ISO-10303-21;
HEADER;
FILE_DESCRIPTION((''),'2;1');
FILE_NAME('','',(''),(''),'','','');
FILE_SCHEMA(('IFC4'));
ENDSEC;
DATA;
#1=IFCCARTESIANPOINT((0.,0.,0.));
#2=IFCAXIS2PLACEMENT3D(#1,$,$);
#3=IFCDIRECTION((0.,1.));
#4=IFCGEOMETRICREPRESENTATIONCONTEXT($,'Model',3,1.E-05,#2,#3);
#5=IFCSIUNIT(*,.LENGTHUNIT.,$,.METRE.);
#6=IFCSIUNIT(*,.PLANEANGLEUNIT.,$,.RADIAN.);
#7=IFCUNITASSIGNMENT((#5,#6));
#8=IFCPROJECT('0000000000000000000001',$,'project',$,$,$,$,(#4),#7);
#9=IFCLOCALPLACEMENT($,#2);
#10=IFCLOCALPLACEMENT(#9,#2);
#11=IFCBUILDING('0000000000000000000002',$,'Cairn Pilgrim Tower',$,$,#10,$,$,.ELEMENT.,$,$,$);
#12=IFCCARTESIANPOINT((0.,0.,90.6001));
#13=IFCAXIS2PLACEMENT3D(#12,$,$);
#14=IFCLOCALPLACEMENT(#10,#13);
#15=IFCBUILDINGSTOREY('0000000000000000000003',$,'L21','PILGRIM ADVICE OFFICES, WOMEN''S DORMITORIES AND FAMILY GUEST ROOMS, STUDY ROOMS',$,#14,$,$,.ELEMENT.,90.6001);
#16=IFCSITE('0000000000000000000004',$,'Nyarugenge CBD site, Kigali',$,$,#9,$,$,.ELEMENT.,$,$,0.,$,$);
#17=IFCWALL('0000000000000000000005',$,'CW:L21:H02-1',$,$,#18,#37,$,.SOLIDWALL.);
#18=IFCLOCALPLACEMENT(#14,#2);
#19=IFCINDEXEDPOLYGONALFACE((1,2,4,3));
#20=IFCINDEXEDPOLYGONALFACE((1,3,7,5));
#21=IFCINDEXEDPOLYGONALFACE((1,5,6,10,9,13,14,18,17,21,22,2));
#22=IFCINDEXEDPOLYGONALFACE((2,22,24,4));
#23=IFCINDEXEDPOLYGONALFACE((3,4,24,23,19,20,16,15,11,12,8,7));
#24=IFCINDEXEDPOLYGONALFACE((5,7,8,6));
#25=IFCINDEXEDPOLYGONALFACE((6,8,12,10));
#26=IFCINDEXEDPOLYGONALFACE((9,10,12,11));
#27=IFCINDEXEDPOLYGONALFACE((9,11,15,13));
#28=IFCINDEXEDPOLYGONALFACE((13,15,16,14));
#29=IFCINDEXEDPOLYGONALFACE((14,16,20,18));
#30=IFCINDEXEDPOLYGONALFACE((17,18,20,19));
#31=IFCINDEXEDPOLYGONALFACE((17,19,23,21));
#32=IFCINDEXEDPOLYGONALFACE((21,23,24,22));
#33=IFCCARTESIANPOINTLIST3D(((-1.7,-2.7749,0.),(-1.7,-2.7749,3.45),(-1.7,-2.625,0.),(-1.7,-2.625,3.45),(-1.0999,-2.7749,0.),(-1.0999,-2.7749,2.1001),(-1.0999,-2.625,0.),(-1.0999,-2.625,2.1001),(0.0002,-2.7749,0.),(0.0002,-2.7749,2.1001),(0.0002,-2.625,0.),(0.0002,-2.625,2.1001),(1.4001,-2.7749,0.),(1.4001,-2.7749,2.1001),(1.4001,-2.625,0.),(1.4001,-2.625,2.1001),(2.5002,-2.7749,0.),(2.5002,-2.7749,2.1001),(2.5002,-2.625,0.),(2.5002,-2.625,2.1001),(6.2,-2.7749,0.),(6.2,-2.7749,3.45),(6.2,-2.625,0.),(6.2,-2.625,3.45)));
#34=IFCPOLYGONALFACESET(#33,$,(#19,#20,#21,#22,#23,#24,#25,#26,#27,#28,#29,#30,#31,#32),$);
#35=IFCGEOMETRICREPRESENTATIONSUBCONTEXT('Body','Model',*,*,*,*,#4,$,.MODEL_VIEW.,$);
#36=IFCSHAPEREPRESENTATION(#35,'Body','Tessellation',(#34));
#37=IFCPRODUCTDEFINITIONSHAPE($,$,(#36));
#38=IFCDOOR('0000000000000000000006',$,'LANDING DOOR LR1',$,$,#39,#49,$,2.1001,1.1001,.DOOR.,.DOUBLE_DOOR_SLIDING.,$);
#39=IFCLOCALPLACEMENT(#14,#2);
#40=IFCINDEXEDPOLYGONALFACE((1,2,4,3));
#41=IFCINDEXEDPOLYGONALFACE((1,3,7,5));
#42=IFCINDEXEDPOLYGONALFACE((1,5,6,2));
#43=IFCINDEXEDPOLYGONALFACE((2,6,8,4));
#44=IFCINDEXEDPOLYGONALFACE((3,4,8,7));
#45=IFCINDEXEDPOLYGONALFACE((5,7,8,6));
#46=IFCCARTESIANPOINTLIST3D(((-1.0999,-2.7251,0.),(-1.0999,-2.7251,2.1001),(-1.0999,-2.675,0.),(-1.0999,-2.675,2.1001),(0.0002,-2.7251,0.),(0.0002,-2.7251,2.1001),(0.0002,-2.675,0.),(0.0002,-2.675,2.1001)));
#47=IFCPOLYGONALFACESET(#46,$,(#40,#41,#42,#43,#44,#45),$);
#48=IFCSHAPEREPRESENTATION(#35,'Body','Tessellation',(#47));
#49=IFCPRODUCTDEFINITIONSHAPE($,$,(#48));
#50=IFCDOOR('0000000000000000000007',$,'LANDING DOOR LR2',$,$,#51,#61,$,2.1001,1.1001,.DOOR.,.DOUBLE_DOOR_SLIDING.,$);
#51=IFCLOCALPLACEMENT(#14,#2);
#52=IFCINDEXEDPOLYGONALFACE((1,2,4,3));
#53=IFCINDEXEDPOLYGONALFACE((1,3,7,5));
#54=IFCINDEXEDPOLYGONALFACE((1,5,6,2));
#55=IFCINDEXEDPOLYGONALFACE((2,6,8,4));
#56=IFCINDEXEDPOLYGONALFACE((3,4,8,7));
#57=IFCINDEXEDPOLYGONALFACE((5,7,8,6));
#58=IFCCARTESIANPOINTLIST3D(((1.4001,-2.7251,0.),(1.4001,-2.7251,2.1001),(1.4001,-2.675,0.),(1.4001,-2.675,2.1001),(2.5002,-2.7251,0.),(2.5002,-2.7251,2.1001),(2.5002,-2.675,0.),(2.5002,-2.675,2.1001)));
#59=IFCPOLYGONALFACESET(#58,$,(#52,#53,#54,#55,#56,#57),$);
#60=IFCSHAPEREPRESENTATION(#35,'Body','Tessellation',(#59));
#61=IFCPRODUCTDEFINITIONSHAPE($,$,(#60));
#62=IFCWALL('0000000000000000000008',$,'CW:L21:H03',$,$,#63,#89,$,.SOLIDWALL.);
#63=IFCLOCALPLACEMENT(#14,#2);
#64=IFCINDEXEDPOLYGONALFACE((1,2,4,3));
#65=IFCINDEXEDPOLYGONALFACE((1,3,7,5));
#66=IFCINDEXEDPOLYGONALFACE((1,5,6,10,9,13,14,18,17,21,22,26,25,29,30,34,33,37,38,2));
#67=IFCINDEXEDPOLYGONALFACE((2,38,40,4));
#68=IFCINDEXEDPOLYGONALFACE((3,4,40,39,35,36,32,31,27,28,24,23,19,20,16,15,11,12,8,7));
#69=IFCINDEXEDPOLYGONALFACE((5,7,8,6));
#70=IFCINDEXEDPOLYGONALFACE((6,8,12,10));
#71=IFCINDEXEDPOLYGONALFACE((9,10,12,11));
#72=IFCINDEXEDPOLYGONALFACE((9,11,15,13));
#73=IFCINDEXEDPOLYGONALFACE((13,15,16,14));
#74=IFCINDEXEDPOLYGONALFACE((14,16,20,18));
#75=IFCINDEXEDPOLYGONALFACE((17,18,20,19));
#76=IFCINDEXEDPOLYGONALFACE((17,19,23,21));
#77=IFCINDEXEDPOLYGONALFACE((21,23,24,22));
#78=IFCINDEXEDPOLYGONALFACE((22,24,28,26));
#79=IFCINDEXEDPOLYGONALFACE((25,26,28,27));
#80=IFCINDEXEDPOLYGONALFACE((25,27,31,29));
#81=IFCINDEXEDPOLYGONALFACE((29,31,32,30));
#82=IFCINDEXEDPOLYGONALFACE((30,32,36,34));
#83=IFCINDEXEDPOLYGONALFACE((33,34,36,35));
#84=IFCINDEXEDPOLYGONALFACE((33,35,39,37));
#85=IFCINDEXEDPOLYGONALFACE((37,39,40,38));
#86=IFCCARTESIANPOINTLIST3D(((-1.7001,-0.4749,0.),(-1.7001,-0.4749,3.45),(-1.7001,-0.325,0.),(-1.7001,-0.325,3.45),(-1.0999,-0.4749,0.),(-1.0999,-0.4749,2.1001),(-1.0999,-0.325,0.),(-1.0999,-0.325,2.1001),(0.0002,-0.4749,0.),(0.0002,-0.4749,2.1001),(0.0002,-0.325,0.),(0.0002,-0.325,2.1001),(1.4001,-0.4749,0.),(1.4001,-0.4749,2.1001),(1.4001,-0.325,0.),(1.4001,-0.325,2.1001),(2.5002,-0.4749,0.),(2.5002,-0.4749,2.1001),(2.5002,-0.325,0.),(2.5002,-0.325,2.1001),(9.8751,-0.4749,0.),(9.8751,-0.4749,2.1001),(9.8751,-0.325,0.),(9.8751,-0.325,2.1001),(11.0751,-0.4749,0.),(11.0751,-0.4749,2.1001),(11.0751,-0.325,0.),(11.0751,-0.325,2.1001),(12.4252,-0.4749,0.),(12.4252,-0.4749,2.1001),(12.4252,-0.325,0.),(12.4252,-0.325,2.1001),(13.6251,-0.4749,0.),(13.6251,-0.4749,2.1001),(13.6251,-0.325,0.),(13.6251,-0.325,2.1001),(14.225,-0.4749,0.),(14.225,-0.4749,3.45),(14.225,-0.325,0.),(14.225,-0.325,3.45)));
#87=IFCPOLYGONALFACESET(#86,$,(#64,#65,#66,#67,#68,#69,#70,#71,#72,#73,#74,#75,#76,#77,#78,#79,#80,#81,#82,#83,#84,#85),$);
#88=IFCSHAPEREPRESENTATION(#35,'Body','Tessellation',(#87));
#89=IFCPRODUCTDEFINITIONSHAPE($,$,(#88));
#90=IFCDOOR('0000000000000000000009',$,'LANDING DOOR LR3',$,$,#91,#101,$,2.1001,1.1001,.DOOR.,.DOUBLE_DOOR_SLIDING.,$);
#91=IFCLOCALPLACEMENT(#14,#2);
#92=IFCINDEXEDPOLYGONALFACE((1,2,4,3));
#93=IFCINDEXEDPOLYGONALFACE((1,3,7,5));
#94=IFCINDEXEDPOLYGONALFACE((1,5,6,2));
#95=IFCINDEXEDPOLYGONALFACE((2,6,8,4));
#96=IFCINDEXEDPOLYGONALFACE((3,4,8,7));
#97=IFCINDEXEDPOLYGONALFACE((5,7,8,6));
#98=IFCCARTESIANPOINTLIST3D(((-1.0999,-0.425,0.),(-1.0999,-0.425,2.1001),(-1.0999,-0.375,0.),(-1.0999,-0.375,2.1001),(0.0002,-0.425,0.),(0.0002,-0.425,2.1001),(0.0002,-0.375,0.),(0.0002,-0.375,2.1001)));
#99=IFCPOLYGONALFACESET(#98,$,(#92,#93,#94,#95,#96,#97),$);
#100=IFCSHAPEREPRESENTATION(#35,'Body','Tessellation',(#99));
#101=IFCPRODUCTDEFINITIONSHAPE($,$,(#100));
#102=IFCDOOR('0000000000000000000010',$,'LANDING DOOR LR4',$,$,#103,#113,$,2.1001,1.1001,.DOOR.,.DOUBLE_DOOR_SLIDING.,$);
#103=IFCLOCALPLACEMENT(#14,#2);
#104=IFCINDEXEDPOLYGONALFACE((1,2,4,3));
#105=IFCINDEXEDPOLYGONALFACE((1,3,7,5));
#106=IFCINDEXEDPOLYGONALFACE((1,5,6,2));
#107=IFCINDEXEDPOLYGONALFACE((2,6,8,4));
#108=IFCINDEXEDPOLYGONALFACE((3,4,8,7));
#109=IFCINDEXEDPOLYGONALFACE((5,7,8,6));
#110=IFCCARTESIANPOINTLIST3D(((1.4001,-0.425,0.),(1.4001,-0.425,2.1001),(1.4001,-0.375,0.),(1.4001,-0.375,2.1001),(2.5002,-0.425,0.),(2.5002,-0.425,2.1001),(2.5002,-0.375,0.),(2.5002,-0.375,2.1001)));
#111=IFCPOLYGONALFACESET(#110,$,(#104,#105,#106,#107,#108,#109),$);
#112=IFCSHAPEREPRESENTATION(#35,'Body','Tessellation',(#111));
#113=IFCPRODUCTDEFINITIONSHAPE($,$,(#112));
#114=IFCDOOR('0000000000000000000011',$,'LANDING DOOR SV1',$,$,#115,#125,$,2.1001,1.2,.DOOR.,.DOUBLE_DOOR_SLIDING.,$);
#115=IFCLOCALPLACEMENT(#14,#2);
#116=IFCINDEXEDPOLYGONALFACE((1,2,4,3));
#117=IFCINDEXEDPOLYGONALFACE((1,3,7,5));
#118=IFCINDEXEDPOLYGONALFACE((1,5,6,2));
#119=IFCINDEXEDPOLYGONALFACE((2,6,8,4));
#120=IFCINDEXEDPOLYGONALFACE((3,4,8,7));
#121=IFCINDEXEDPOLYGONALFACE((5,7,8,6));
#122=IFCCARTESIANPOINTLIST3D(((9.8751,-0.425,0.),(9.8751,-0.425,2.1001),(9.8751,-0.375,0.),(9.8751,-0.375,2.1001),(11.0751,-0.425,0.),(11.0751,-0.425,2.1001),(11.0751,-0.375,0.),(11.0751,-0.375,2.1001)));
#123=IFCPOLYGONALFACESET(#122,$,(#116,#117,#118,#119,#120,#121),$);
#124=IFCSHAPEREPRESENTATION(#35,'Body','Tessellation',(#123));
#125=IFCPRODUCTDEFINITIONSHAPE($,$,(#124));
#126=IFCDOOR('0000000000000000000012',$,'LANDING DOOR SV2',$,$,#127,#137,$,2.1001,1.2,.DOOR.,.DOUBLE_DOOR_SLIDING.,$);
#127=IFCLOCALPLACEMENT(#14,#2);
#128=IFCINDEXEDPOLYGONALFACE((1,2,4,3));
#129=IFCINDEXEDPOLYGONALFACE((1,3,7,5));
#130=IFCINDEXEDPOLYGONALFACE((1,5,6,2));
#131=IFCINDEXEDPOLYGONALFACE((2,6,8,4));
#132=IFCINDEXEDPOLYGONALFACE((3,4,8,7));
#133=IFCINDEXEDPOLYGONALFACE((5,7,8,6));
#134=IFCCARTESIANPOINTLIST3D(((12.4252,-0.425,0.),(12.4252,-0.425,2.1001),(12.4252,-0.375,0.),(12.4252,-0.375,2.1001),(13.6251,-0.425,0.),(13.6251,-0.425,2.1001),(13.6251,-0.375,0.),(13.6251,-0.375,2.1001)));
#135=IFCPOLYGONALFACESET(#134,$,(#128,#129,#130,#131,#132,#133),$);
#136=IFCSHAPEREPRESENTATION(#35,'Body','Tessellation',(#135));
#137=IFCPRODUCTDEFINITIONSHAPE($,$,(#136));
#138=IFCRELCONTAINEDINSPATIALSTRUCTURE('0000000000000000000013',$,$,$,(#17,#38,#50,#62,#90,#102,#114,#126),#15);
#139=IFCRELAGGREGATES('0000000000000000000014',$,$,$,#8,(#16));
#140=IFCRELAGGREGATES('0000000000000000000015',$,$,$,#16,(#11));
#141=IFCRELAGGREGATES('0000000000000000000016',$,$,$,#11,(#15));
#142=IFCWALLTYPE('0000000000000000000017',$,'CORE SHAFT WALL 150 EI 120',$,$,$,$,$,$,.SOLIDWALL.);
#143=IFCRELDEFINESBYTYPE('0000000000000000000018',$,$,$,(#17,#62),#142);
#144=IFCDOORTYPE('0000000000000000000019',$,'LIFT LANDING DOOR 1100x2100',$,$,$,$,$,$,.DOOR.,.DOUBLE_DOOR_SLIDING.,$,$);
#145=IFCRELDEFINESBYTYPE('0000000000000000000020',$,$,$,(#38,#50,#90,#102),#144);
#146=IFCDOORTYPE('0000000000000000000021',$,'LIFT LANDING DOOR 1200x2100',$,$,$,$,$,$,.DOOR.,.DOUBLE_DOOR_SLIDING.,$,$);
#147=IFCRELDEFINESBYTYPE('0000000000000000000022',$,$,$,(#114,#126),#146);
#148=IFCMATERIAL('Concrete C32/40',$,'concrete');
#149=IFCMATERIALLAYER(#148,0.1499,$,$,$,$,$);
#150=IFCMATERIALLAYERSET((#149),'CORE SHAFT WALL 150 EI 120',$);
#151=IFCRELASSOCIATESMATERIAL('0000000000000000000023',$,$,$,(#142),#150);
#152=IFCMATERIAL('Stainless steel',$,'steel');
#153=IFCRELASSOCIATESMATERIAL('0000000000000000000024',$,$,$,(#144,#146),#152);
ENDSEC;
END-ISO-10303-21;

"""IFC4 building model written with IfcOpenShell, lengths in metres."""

from ifc_helpers import new_model, si_unit, direction, frame, frame_2d, origin, place, context, subcontext, project, spatial, rectangle, extrude, material, layer, layer_set, type_object, element, fill, save


model = new_model("IFC4")

# Units and contexts
model_context = context("Model", 3, precision=1e-05, world=origin(), true_north=direction((0.0, 1.0)))
body_context = subcontext(model_context, "Body", "Model", "MODEL_VIEW")
ifc_project = project(units=[si_unit("LENGTHUNIT", "METRE"), si_unit("PLANEANGLEUNIT", "RADIAN")], contexts=[model_context])

# Site, building, storey
site_placement = place(None, origin())
site = spatial("IfcSite", under=ifc_project, at=site_placement, Name="Nyarugenge CBD site, Kigali", CompositionType="ELEMENT", RefElevation=0.0)
building_placement = place(site_placement, origin())
building = spatial("IfcBuilding", under=site, at=building_placement, Name="Cairn Pilgrim Tower", CompositionType="ELEMENT")
storey_placement = place(building_placement, frame((0.0, 0.0, 90.6001)))
storey = spatial("IfcBuildingStorey", under=building, at=storey_placement, Name="L21", Description="PILGRIM ADVICE OFFICES, WOMEN'S DORMITORIES AND FAMILY GUEST ROOMS, STUDY ROOMS", CompositionType="ELEMENT", Elevation=90.6001)

# Shared definitions
ifc_material_1 = material(Name="Concrete C32/40", Category="concrete")

# Walls, openings, doors
ifc_layer_1 = layer(ifc_material_1, 0.1499)
ifc_layer_set_1 = layer_set([ifc_layer_1], Name="CORE SHAFT WALL 150 EI 120")
wall_type_1 = type_object("IfcWallType", Name="CORE SHAFT WALL 150 EI 120", PredefinedType="SOLIDWALL", material=ifc_layer_set_1)
wall_1_placement = place(storey_placement, frame((-1.7, -2.7, 0.0), z_axis=(0.0, 0.0, 1.0), x_axis=(1.0, 0.0, 0.0)))
wall_1 = element("IfcWall", 1, at=wall_1_placement, inside=storey, type_object=wall_type_1, Name="CW:L21:H02-1", PredefinedType="SOLIDWALL", context=body_context, shape_type="SweptSolid", body=[
    extrude(rectangle(XDim=7.8999, YDim=0.1499, at=frame_2d((3.95, 0.0))), origin(), (0.0, 0.0, 1.0), 3.45),
])
opening_1_placement = place(wall_1_placement, frame((0.6001, 0.0, 0.0)))
opening_1 = element("IfcOpeningElement", 2, at=opening_1_placement, cuts=wall_1, PredefinedType="OPENING", context=body_context, shape_type="SweptSolid", body=[
    extrude(rectangle(XDim=1.1001, YDim=2.1001, at=frame_2d((0.55, 1.05))), frame((0.0, 0.085, 0.0), z_axis=(0.0, -1.0, 0.0), x_axis=(1.0, 0.0, 0.0)), (0.0, 0.0, 1.0), 0.1699),
])
opening_2_placement = place(wall_1_placement, frame((3.1001, 0.0, 0.0)))
opening_2 = element("IfcOpeningElement", 3, at=opening_2_placement, cuts=wall_1, PredefinedType="OPENING", context=body_context, shape_type="SweptSolid", body=[
    extrude(rectangle(XDim=1.1001, YDim=2.1001, at=frame_2d((0.55, 1.05))), frame((0.0, 0.085, 0.0), z_axis=(0.0, -1.0, 0.0), x_axis=(1.0, 0.0, 0.0)), (0.0, 0.0, 1.0), 0.1699),
])
ifc_material_2 = material(Name="Stainless steel", Category="steel")
door_type_1 = type_object("IfcDoorType", Name="LIFT LANDING DOOR 1100x2100", OperationType="DOUBLE_DOOR_SLIDING", PredefinedType="DOOR", material=ifc_material_2)
door_1_placement = place(opening_1_placement, origin())
door_1 = element("IfcDoor", 4, at=door_1_placement, inside=storey, type_object=door_type_1, Name="LANDING DOOR LR1", OperationType="DOUBLE_DOOR_SLIDING", OverallHeight=2.1001, OverallWidth=1.1001, PredefinedType="DOOR", context=body_context, shape_type="SweptSolid", body=[
    extrude(rectangle(XDim=1.1001, YDim=2.1001, at=frame_2d((0.55, 1.05))), frame((0.0, 0.0249, 0.0), z_axis=(0.0, -1.0, 0.0), x_axis=(1.0, 0.0, 0.0)), (0.0, 0.0, 1.0), 0.05),
])
fill(opening_1, door_1)
door_2_placement = place(opening_2_placement, origin())
door_2 = element("IfcDoor", 5, at=door_2_placement, inside=storey, type_object=door_type_1, Name="LANDING DOOR LR2", OperationType="DOUBLE_DOOR_SLIDING", OverallHeight=2.1001, OverallWidth=1.1001, PredefinedType="DOOR", context=body_context, shape_type="SweptSolid", body=[
    extrude(rectangle(XDim=1.1001, YDim=2.1001, at=frame_2d((0.55, 1.05))), frame((0.0, 0.0249, 0.0), z_axis=(0.0, -1.0, 0.0), x_axis=(1.0, 0.0, 0.0)), (0.0, 0.0, 1.0), 0.05),
])
fill(opening_2, door_2)
wall_2_placement = place(storey_placement, frame((-1.7, -0.3999, 0.0), z_axis=(0.0, 0.0, 1.0), x_axis=(1.0, 0.0, 0.0)))
wall_2 = element("IfcWall", 6, at=wall_2_placement, inside=storey, type_object=wall_type_1, Name="CW:L21:H03", PredefinedType="SOLIDWALL", context=body_context, shape_type="SweptSolid", body=[
    extrude(rectangle(XDim=15.925, YDim=0.1499, at=frame_2d((7.9624, 0.0))), origin(), (0.0, 0.0, 1.0), 3.45),
])
opening_3_placement = place(wall_2_placement, frame((0.6001, 0.0, 0.0)))
opening_3 = element("IfcOpeningElement", 7, at=opening_3_placement, cuts=wall_2, PredefinedType="OPENING", context=body_context, shape_type="SweptSolid", body=[
    extrude(rectangle(XDim=1.1001, YDim=2.1001, at=frame_2d((0.55, 1.05))), frame((0.0, 0.085, 0.0), z_axis=(0.0, -1.0, 0.0), x_axis=(1.0, 0.0, 0.0)), (0.0, 0.0, 1.0), 0.1699),
])
opening_4_placement = place(wall_2_placement, frame((3.1001, 0.0, 0.0)))
opening_4 = element("IfcOpeningElement", 8, at=opening_4_placement, cuts=wall_2, PredefinedType="OPENING", context=body_context, shape_type="SweptSolid", body=[
    extrude(rectangle(XDim=1.1001, YDim=2.1001, at=frame_2d((0.55, 1.05))), frame((0.0, 0.085, 0.0), z_axis=(0.0, -1.0, 0.0), x_axis=(1.0, 0.0, 0.0)), (0.0, 0.0, 1.0), 0.1699),
])
opening_5_placement = place(wall_2_placement, frame((11.575, 0.0, 0.0)))
opening_5 = element("IfcOpeningElement", 9, at=opening_5_placement, cuts=wall_2, PredefinedType="OPENING", context=body_context, shape_type="SweptSolid", body=[
    extrude(rectangle(XDim=1.2, YDim=2.1001, at=frame_2d((0.6001, 1.05))), frame((0.0, 0.085, 0.0), z_axis=(0.0, -1.0, 0.0), x_axis=(1.0, 0.0, 0.0)), (0.0, 0.0, 1.0), 0.1699),
])
opening_6_placement = place(wall_2_placement, frame((14.125, 0.0, 0.0)))
opening_6 = element("IfcOpeningElement", 10, at=opening_6_placement, cuts=wall_2, PredefinedType="OPENING", context=body_context, shape_type="SweptSolid", body=[
    extrude(rectangle(XDim=1.2, YDim=2.1001, at=frame_2d((0.6001, 1.05))), frame((0.0, 0.085, 0.0), z_axis=(0.0, -1.0, 0.0), x_axis=(1.0, 0.0, 0.0)), (0.0, 0.0, 1.0), 0.1699),
])
door_3_placement = place(opening_3_placement, origin())
door_3 = element("IfcDoor", 11, at=door_3_placement, inside=storey, type_object=door_type_1, Name="LANDING DOOR LR3", OperationType="DOUBLE_DOOR_SLIDING", OverallHeight=2.1001, OverallWidth=1.1001, PredefinedType="DOOR", context=body_context, shape_type="SweptSolid", body=[
    extrude(rectangle(XDim=1.1001, YDim=2.1001, at=frame_2d((0.55, 1.05))), frame((0.0, 0.0249, 0.0), z_axis=(0.0, -1.0, 0.0), x_axis=(1.0, 0.0, 0.0)), (0.0, 0.0, 1.0), 0.05),
])
fill(opening_3, door_3)
door_4_placement = place(opening_4_placement, origin())
door_4 = element("IfcDoor", 12, at=door_4_placement, inside=storey, type_object=door_type_1, Name="LANDING DOOR LR4", OperationType="DOUBLE_DOOR_SLIDING", OverallHeight=2.1001, OverallWidth=1.1001, PredefinedType="DOOR", context=body_context, shape_type="SweptSolid", body=[
    extrude(rectangle(XDim=1.1001, YDim=2.1001, at=frame_2d((0.55, 1.05))), frame((0.0, 0.0249, 0.0), z_axis=(0.0, -1.0, 0.0), x_axis=(1.0, 0.0, 0.0)), (0.0, 0.0, 1.0), 0.05),
])
fill(opening_4, door_4)
door_type_2 = type_object("IfcDoorType", Name="LIFT LANDING DOOR 1200x2100", OperationType="DOUBLE_DOOR_SLIDING", PredefinedType="DOOR", material=ifc_material_2)
door_5_placement = place(opening_5_placement, origin())
door_5 = element("IfcDoor", 13, at=door_5_placement, inside=storey, type_object=door_type_2, Name="LANDING DOOR SV1", OperationType="DOUBLE_DOOR_SLIDING", OverallHeight=2.1001, OverallWidth=1.2, PredefinedType="DOOR", context=body_context, shape_type="SweptSolid", body=[
    extrude(rectangle(XDim=1.2, YDim=2.1001, at=frame_2d((0.6001, 1.05))), frame((0.0, 0.0249, 0.0), z_axis=(0.0, -1.0, 0.0), x_axis=(1.0, 0.0, 0.0)), (0.0, 0.0, 1.0), 0.05),
])
fill(opening_5, door_5)
door_6_placement = place(opening_6_placement, origin())
door_6 = element("IfcDoor", 14, at=door_6_placement, inside=storey, type_object=door_type_2, Name="LANDING DOOR SV2", OperationType="DOUBLE_DOOR_SLIDING", OverallHeight=2.1001, OverallWidth=1.2, PredefinedType="DOOR", context=body_context, shape_type="SweptSolid", body=[
    extrude(rectangle(XDim=1.2, YDim=2.1001, at=frame_2d((0.6001, 1.05))), frame((0.0, 0.0249, 0.0), z_axis=(0.0, -1.0, 0.0), x_axis=(1.0, 0.0, 0.0)), (0.0, 0.0, 1.0), 0.05),
])
fill(opening_6, door_6)

save(model, "model.ifc")
